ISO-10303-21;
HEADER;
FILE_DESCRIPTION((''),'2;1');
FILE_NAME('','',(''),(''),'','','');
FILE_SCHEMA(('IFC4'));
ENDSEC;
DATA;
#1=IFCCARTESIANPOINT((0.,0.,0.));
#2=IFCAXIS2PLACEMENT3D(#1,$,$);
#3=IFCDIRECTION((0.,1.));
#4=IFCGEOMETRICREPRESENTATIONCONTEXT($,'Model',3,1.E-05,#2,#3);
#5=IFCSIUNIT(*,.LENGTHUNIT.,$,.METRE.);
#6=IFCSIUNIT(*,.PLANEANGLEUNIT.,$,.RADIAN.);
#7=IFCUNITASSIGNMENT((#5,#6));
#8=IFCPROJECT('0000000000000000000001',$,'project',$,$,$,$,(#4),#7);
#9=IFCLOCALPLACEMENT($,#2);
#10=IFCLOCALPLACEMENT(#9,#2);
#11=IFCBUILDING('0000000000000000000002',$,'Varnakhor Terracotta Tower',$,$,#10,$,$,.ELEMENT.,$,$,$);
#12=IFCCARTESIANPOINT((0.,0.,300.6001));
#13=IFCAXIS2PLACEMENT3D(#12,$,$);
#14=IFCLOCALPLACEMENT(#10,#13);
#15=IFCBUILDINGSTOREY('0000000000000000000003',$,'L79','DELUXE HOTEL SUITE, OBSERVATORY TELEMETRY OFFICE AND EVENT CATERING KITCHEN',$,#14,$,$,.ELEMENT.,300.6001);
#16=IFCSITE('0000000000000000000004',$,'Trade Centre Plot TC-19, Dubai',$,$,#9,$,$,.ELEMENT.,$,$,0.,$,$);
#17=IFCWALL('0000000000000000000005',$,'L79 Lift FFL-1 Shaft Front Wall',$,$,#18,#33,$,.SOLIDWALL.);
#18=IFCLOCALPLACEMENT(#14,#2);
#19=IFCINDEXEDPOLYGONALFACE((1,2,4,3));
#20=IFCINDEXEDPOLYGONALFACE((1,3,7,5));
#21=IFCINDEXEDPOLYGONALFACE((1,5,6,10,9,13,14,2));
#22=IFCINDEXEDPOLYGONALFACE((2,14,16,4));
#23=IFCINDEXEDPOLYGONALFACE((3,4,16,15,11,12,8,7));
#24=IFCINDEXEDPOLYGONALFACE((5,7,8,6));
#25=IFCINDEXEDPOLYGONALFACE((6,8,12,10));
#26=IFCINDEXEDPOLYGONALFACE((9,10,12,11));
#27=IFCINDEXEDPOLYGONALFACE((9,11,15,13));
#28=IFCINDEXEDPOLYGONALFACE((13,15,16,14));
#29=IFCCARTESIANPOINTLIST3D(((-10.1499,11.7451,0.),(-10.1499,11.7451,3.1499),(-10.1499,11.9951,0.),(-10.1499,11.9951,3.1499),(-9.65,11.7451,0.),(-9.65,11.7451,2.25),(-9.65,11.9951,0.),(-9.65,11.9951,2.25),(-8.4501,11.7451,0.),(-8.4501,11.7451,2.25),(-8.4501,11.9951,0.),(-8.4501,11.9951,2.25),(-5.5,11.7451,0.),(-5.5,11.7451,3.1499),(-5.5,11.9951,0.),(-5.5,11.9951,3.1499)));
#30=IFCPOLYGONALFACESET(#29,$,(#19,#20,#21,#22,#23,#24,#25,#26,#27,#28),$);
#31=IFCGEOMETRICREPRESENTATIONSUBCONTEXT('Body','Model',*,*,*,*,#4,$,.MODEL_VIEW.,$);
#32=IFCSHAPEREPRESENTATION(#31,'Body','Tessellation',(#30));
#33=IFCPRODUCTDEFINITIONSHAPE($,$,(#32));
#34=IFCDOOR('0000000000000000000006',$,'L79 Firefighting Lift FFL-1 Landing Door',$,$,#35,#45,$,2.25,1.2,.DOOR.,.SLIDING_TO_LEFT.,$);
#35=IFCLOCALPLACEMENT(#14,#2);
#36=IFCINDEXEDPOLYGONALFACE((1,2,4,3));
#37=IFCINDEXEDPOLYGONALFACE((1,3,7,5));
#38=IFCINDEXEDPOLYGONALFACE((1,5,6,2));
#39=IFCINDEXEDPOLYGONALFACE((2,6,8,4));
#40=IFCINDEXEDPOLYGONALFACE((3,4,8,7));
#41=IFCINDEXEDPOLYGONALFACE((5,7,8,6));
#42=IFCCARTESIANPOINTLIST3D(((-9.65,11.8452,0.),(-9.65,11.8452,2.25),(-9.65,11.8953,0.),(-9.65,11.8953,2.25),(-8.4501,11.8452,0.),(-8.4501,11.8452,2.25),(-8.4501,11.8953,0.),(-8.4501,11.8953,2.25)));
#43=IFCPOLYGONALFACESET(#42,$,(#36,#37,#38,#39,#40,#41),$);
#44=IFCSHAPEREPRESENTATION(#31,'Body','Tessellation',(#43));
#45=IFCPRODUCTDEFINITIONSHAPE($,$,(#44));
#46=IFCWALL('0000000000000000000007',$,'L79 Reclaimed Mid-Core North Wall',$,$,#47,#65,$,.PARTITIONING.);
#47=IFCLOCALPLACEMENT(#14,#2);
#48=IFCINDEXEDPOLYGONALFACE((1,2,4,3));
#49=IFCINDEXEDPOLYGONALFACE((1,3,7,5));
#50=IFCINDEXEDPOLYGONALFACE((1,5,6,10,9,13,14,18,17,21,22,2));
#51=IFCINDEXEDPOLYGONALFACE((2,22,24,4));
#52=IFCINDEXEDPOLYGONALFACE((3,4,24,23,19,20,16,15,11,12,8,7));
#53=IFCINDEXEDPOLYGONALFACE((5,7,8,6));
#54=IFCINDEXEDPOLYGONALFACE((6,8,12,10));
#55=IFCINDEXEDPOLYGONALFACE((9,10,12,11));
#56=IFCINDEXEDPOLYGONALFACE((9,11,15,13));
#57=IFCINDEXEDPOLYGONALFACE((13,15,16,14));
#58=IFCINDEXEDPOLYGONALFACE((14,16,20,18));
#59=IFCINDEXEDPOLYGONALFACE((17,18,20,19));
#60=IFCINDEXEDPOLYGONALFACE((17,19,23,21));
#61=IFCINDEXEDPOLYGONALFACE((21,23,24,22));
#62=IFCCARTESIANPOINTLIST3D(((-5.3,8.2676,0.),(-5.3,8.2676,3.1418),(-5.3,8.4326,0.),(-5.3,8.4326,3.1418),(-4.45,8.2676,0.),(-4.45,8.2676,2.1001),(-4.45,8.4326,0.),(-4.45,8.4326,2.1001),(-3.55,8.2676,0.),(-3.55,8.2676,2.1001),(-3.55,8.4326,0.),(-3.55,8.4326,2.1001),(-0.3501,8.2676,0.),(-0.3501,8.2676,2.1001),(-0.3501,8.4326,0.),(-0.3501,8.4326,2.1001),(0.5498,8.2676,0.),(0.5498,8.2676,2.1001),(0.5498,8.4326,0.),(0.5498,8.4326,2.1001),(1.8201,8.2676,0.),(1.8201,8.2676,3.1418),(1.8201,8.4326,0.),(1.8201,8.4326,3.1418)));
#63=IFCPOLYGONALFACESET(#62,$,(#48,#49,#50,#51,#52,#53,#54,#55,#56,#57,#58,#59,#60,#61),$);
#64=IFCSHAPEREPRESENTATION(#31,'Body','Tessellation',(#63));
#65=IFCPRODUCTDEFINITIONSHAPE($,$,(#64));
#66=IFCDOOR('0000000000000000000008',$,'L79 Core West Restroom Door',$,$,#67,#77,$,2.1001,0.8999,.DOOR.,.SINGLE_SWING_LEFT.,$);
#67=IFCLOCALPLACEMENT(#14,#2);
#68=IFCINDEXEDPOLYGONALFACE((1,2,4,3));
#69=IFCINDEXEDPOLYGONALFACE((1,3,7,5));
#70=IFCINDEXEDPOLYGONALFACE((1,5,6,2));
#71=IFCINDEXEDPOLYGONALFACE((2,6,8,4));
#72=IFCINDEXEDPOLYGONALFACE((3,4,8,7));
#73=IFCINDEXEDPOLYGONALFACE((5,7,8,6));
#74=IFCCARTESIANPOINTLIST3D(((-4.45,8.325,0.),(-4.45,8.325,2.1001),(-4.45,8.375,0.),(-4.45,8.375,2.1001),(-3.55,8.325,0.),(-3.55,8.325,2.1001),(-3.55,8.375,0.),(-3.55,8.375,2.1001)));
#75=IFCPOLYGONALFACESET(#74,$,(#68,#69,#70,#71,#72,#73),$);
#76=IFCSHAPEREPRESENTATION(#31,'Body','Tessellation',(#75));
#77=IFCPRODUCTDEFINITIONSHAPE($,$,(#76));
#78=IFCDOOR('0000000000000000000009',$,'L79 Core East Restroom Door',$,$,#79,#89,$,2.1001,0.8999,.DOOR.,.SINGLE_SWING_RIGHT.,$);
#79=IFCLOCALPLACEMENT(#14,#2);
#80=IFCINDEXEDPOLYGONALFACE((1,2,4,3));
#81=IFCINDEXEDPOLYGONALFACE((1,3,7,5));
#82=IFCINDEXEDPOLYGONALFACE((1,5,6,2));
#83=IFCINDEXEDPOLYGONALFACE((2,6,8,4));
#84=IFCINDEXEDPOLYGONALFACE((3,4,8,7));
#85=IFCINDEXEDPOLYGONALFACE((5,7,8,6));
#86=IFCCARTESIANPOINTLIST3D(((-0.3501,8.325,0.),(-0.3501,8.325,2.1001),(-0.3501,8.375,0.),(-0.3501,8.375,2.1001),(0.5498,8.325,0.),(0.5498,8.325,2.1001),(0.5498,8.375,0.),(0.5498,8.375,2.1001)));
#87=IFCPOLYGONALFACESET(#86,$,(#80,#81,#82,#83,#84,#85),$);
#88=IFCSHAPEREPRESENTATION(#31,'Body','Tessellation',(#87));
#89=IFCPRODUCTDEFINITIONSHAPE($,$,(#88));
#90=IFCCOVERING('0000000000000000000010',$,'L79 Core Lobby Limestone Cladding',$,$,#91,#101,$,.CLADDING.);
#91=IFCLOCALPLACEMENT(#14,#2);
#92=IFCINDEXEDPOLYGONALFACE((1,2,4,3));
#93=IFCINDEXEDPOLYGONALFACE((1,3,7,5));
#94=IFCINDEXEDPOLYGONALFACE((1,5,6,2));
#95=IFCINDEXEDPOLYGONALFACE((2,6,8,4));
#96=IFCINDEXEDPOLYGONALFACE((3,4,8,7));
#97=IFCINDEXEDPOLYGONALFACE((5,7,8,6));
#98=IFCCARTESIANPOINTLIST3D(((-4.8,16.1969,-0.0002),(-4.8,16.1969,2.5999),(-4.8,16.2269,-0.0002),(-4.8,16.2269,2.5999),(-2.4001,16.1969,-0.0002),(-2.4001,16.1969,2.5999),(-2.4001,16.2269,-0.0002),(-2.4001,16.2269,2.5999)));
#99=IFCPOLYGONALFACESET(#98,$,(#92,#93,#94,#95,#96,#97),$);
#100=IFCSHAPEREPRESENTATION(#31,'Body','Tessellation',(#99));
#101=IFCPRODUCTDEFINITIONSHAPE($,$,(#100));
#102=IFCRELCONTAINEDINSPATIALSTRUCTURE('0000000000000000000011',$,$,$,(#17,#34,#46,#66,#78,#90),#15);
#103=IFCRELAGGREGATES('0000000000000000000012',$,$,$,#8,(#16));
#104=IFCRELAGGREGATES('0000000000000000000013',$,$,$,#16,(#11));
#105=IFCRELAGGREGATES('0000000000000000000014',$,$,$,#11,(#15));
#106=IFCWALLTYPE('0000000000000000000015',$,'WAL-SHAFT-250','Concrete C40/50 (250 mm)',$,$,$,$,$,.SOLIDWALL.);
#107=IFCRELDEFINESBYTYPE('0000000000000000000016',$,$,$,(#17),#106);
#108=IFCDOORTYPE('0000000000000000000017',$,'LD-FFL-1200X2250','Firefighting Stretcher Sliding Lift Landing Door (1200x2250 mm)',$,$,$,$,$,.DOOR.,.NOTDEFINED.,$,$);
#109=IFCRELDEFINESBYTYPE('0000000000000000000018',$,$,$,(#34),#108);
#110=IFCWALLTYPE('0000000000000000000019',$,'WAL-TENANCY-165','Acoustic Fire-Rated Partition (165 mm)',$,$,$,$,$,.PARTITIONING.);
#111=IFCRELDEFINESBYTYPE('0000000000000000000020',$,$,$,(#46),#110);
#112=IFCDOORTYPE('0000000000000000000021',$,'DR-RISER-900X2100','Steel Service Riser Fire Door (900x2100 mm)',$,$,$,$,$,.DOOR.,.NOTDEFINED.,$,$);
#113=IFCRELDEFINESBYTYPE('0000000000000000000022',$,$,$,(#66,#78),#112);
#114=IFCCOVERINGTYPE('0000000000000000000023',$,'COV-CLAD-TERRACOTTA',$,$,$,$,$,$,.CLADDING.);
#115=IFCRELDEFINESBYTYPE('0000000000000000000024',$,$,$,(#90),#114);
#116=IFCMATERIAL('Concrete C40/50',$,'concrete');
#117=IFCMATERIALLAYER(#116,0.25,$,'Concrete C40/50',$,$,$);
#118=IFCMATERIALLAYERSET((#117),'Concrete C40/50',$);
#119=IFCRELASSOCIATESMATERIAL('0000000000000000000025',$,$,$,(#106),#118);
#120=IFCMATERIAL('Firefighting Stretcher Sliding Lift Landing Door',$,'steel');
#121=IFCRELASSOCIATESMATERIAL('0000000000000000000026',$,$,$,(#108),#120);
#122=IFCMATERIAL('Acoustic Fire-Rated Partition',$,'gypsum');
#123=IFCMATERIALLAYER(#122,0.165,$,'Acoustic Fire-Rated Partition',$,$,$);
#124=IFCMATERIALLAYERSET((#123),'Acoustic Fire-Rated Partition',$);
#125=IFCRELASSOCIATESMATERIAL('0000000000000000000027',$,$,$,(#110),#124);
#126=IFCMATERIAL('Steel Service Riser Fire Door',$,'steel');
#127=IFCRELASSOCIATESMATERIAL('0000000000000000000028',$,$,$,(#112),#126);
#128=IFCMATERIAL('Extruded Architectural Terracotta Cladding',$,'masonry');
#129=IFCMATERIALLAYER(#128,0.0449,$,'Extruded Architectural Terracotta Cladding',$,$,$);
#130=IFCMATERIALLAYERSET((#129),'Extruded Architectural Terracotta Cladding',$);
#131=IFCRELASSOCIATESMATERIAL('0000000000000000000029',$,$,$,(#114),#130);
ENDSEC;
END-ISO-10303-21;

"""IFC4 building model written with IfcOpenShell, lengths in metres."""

from ifc_helpers import new_model, si_unit, direction, frame, frame_2d, origin, origin_2d, place, context, subcontext, project, spatial, rectangle, extrude, source, transform, mapped, material, layer, layer_set, type_object, type_shapes, element, fill, save


model = new_model("IFC4")

# Units and contexts
model_context = context("Model", 3, precision=1e-05, world=origin(), true_north=direction((0.0, 1.0)))
body_context = subcontext(model_context, "Body", "Model", "MODEL_VIEW")
ifc_project = project(units=[si_unit("LENGTHUNIT", "METRE"), si_unit("PLANEANGLEUNIT", "RADIAN")], contexts=[model_context])

# Site, building, storey
site_placement = place(None, origin())
site = spatial("IfcSite", under=ifc_project, at=site_placement, Name="Trade Centre Plot TC-19, Dubai", CompositionType="ELEMENT", RefElevation=0.0)
building_placement = place(site_placement, origin())
building = spatial("IfcBuilding", under=site, at=building_placement, Name="Varnakhor Terracotta Tower", CompositionType="ELEMENT")
storey_placement = place(building_placement, frame((0.0, 0.0, 300.6001)))
storey = spatial("IfcBuildingStorey", under=building, at=storey_placement, Name="L79", Description="DELUXE HOTEL SUITE, OBSERVATORY TELEMETRY OFFICE AND EVENT CATERING KITCHEN", CompositionType="ELEMENT", Elevation=300.6001)

# Shared definitions
ifc_material_1 = material(Name="Concrete C40/50", Category="concrete")

# Wall, opening, door
ifc_layer_1 = layer(ifc_material_1, 0.25, Name="Concrete C40/50")
ifc_layer_set_1 = layer_set([ifc_layer_1], Name="Concrete C40/50")
wall_type_1 = type_object("IfcWallType", Name="WAL-SHAFT-250", Description="Concrete C40/50 (250 mm)", PredefinedType="SOLIDWALL", material=ifc_layer_set_1)
wall_1_placement = place(storey_placement, frame((-5.5, 11.8701, 0.0), z_axis=(0.0, 0.0, 1.0), x_axis=(-1.0, 0.0, 0.0)))
wall_1 = element("IfcWall", 1, at=wall_1_placement, inside=storey, type_object=wall_type_1, Name="L79 Lift FFL-1 Shaft Front Wall", PredefinedType="SOLIDWALL", context=body_context, shape_type="SweptSolid", body=[
    extrude(rectangle(XDim=4.6499, YDim=0.25, at=frame_2d((2.325, 0.0))), origin(), (0.0, 0.0, 1.0), 3.1499),
])
opening_1_placement = place(wall_1_placement, frame((2.95, 0.0, 0.0)))
opening_1 = element("IfcOpeningElement", 2, at=opening_1_placement, cuts=wall_1, PredefinedType="OPENING", context=body_context, shape_type="SweptSolid", body=[
    extrude(rectangle(XDim=1.2, YDim=2.25, at=frame_2d((0.6001, 1.125))), frame((0.0, 0.135, 0.0), z_axis=(0.0, -1.0, 0.0), x_axis=(1.0, 0.0, 0.0)), (0.0, 0.0, 1.0), 0.27),
])
ifc_material_2 = material(Name="Firefighting Stretcher Sliding Lift Landing Door", Category="steel")
door_type_1 = type_object("IfcDoorType", Name="LD-FFL-1200X2250", Description="Firefighting Stretcher Sliding Lift Landing Door (1200x2250 mm)", OperationType="NOTDEFINED", PredefinedType="DOOR", material=ifc_material_2)
shared_shape_1 = source(origin(), body_context, "Body", "SweptSolid", [
    extrude(rectangle(XDim=1.2, YDim=2.25, at=frame_2d((0.6001, 1.125))), frame((0.0, 0.0249, 0.0), z_axis=(0.0, -1.0, 0.0), x_axis=(1.0, 0.0, 0.0)), (0.0, 0.0, 1.0), 0.05),
])
type_shapes(door_type_1, [shared_shape_1])
door_1_placement = place(opening_1_placement, origin())
door_1 = element("IfcDoor", 3, at=door_1_placement, inside=storey, type_object=door_type_1, Name="L79 Firefighting Lift FFL-1 Landing Door", OperationType="SLIDING_TO_LEFT", OverallHeight=2.25, OverallWidth=1.2, PredefinedType="DOOR", context=body_context, shape_type="MappedRepresentation", body=[
    mapped(shared_shape_1, transform((0.0, 0.0, 0.0), scale=1.0)),
])
fill(opening_1, door_1)

# Wall, openings, doors
ifc_material_3 = material(Name="Acoustic Fire-Rated Partition", Category="gypsum")
ifc_layer_2 = layer(ifc_material_3, 0.165, Name="Acoustic Fire-Rated Partition")
ifc_layer_set_2 = layer_set([ifc_layer_2], Name="Acoustic Fire-Rated Partition")
wall_type_2 = type_object("IfcWallType", Name="WAL-TENANCY-165", Description="Acoustic Fire-Rated Partition (165 mm)", PredefinedType="PARTITIONING", material=ifc_layer_set_2)
wall_2_placement = place(storey_placement, frame((-5.3, 8.3501, 0.0), z_axis=(0.0, 0.0, 1.0), x_axis=(1.0, 0.0, 0.0)))
wall_2 = element("IfcWall", 4, at=wall_2_placement, inside=storey, type_object=wall_type_2, Name="L79 Reclaimed Mid-Core North Wall", PredefinedType="PARTITIONING", context=body_context, shape_type="SweptSolid", body=[
    extrude(rectangle(XDim=7.1201, YDim=0.165, at=frame_2d((3.5601, 0.0))), origin(), (0.0, 0.0, 1.0), 3.1418),
])
opening_2_placement = place(wall_2_placement, frame((0.8501, 0.0, 0.0)))
opening_2 = element("IfcOpeningElement", 5, at=opening_2_placement, cuts=wall_2, PredefinedType="OPENING", context=body_context, shape_type="SweptSolid", body=[
    extrude(rectangle(XDim=0.8999, YDim=2.1001, at=frame_2d((0.45, 1.05))), frame((0.0, 0.0925, 0.0), z_axis=(0.0, -1.0, 0.0), x_axis=(1.0, 0.0, 0.0)), (0.0, 0.0, 1.0), 0.1851),
])
opening_3_placement = place(wall_2_placement, frame((4.95, 0.0, 0.0)))
opening_3 = element("IfcOpeningElement", 6, at=opening_3_placement, cuts=wall_2, PredefinedType="OPENING", context=body_context, shape_type="SweptSolid", body=[
    extrude(rectangle(XDim=0.8999, YDim=2.1001, at=frame_2d((0.45, 1.05))), frame((0.0, 0.0925, 0.0), z_axis=(0.0, -1.0, 0.0), x_axis=(1.0, 0.0, 0.0)), (0.0, 0.0, 1.0), 0.1851),
])
ifc_material_4 = material(Name="Steel Service Riser Fire Door", Category="steel")
door_type_2 = type_object("IfcDoorType", Name="DR-RISER-900X2100", Description="Steel Service Riser Fire Door (900x2100 mm)", OperationType="NOTDEFINED", PredefinedType="DOOR", material=ifc_material_4)
shared_shape_2 = source(origin(), body_context, "Body", "SweptSolid", [
    extrude(rectangle(XDim=0.8999, YDim=2.1001, at=frame_2d((0.45, 1.05))), frame((0.0, 0.0249, 0.0), z_axis=(0.0, -1.0, 0.0), x_axis=(1.0, 0.0, 0.0)), (0.0, 0.0, 1.0), 0.05),
])
type_shapes(door_type_2, [shared_shape_2])
door_2_placement = place(opening_2_placement, origin())
door_2 = element("IfcDoor", 7, at=door_2_placement, inside=storey, type_object=door_type_2, Name="L79 Core West Restroom Door", OperationType="SINGLE_SWING_LEFT", OverallHeight=2.1001, OverallWidth=0.8999, PredefinedType="DOOR", context=body_context, shape_type="MappedRepresentation", body=[
    mapped(shared_shape_2, transform((0.0, 0.0, 0.0), scale=1.0)),
])
fill(opening_2, door_2)
door_3_placement = place(opening_3_placement, origin())
door_3 = element("IfcDoor", 8, at=door_3_placement, inside=storey, type_object=door_type_2, Name="L79 Core East Restroom Door", OperationType="SINGLE_SWING_RIGHT", OverallHeight=2.1001, OverallWidth=0.8999, PredefinedType="DOOR", context=body_context, shape_type="MappedRepresentation", body=[
    mapped(shared_shape_2, transform((0.0, 0.0, 0.0), scale=1.0)),
])
fill(opening_3, door_3)

# Covering
ifc_material_5 = material(Name="Extruded Architectural Terracotta Cladding", Category="masonry")
ifc_layer_3 = layer(ifc_material_5, 0.0449, Name="Extruded Architectural Terracotta Cladding")
ifc_layer_set_3 = layer_set([ifc_layer_3], Name="Extruded Architectural Terracotta Cladding")
covering_type = type_object("IfcCoveringType", Name="COV-CLAD-TERRACOTTA", PredefinedType="CLADDING", material=ifc_layer_set_3)
shared_shape_3 = source(origin(), body_context, "Body", "SweptSolid", [
    extrude(rectangle(XDim=2.3999, YDim=0.03, at=origin_2d()), origin(), (0.0, 0.0, 1.0), 2.6001),
])
type_shapes(covering_type, [shared_shape_3])
covering_placement = place(storey_placement, frame((-3.6001, 16.2119, -0.0002), z_axis=(0.0, 0.0, 1.0), x_axis=(1.0, 0.0, 0.0)))
element("IfcCovering", 9, at=covering_placement, inside=storey, type_object=covering_type, Name="L79 Core Lobby Limestone Cladding", PredefinedType="CLADDING", context=body_context, shape_type="MappedRepresentation", body=[
    mapped(shared_shape_3, transform((0.0, 0.0, 0.0), scale=1.0)),
])

save(model, "model.ifc")
